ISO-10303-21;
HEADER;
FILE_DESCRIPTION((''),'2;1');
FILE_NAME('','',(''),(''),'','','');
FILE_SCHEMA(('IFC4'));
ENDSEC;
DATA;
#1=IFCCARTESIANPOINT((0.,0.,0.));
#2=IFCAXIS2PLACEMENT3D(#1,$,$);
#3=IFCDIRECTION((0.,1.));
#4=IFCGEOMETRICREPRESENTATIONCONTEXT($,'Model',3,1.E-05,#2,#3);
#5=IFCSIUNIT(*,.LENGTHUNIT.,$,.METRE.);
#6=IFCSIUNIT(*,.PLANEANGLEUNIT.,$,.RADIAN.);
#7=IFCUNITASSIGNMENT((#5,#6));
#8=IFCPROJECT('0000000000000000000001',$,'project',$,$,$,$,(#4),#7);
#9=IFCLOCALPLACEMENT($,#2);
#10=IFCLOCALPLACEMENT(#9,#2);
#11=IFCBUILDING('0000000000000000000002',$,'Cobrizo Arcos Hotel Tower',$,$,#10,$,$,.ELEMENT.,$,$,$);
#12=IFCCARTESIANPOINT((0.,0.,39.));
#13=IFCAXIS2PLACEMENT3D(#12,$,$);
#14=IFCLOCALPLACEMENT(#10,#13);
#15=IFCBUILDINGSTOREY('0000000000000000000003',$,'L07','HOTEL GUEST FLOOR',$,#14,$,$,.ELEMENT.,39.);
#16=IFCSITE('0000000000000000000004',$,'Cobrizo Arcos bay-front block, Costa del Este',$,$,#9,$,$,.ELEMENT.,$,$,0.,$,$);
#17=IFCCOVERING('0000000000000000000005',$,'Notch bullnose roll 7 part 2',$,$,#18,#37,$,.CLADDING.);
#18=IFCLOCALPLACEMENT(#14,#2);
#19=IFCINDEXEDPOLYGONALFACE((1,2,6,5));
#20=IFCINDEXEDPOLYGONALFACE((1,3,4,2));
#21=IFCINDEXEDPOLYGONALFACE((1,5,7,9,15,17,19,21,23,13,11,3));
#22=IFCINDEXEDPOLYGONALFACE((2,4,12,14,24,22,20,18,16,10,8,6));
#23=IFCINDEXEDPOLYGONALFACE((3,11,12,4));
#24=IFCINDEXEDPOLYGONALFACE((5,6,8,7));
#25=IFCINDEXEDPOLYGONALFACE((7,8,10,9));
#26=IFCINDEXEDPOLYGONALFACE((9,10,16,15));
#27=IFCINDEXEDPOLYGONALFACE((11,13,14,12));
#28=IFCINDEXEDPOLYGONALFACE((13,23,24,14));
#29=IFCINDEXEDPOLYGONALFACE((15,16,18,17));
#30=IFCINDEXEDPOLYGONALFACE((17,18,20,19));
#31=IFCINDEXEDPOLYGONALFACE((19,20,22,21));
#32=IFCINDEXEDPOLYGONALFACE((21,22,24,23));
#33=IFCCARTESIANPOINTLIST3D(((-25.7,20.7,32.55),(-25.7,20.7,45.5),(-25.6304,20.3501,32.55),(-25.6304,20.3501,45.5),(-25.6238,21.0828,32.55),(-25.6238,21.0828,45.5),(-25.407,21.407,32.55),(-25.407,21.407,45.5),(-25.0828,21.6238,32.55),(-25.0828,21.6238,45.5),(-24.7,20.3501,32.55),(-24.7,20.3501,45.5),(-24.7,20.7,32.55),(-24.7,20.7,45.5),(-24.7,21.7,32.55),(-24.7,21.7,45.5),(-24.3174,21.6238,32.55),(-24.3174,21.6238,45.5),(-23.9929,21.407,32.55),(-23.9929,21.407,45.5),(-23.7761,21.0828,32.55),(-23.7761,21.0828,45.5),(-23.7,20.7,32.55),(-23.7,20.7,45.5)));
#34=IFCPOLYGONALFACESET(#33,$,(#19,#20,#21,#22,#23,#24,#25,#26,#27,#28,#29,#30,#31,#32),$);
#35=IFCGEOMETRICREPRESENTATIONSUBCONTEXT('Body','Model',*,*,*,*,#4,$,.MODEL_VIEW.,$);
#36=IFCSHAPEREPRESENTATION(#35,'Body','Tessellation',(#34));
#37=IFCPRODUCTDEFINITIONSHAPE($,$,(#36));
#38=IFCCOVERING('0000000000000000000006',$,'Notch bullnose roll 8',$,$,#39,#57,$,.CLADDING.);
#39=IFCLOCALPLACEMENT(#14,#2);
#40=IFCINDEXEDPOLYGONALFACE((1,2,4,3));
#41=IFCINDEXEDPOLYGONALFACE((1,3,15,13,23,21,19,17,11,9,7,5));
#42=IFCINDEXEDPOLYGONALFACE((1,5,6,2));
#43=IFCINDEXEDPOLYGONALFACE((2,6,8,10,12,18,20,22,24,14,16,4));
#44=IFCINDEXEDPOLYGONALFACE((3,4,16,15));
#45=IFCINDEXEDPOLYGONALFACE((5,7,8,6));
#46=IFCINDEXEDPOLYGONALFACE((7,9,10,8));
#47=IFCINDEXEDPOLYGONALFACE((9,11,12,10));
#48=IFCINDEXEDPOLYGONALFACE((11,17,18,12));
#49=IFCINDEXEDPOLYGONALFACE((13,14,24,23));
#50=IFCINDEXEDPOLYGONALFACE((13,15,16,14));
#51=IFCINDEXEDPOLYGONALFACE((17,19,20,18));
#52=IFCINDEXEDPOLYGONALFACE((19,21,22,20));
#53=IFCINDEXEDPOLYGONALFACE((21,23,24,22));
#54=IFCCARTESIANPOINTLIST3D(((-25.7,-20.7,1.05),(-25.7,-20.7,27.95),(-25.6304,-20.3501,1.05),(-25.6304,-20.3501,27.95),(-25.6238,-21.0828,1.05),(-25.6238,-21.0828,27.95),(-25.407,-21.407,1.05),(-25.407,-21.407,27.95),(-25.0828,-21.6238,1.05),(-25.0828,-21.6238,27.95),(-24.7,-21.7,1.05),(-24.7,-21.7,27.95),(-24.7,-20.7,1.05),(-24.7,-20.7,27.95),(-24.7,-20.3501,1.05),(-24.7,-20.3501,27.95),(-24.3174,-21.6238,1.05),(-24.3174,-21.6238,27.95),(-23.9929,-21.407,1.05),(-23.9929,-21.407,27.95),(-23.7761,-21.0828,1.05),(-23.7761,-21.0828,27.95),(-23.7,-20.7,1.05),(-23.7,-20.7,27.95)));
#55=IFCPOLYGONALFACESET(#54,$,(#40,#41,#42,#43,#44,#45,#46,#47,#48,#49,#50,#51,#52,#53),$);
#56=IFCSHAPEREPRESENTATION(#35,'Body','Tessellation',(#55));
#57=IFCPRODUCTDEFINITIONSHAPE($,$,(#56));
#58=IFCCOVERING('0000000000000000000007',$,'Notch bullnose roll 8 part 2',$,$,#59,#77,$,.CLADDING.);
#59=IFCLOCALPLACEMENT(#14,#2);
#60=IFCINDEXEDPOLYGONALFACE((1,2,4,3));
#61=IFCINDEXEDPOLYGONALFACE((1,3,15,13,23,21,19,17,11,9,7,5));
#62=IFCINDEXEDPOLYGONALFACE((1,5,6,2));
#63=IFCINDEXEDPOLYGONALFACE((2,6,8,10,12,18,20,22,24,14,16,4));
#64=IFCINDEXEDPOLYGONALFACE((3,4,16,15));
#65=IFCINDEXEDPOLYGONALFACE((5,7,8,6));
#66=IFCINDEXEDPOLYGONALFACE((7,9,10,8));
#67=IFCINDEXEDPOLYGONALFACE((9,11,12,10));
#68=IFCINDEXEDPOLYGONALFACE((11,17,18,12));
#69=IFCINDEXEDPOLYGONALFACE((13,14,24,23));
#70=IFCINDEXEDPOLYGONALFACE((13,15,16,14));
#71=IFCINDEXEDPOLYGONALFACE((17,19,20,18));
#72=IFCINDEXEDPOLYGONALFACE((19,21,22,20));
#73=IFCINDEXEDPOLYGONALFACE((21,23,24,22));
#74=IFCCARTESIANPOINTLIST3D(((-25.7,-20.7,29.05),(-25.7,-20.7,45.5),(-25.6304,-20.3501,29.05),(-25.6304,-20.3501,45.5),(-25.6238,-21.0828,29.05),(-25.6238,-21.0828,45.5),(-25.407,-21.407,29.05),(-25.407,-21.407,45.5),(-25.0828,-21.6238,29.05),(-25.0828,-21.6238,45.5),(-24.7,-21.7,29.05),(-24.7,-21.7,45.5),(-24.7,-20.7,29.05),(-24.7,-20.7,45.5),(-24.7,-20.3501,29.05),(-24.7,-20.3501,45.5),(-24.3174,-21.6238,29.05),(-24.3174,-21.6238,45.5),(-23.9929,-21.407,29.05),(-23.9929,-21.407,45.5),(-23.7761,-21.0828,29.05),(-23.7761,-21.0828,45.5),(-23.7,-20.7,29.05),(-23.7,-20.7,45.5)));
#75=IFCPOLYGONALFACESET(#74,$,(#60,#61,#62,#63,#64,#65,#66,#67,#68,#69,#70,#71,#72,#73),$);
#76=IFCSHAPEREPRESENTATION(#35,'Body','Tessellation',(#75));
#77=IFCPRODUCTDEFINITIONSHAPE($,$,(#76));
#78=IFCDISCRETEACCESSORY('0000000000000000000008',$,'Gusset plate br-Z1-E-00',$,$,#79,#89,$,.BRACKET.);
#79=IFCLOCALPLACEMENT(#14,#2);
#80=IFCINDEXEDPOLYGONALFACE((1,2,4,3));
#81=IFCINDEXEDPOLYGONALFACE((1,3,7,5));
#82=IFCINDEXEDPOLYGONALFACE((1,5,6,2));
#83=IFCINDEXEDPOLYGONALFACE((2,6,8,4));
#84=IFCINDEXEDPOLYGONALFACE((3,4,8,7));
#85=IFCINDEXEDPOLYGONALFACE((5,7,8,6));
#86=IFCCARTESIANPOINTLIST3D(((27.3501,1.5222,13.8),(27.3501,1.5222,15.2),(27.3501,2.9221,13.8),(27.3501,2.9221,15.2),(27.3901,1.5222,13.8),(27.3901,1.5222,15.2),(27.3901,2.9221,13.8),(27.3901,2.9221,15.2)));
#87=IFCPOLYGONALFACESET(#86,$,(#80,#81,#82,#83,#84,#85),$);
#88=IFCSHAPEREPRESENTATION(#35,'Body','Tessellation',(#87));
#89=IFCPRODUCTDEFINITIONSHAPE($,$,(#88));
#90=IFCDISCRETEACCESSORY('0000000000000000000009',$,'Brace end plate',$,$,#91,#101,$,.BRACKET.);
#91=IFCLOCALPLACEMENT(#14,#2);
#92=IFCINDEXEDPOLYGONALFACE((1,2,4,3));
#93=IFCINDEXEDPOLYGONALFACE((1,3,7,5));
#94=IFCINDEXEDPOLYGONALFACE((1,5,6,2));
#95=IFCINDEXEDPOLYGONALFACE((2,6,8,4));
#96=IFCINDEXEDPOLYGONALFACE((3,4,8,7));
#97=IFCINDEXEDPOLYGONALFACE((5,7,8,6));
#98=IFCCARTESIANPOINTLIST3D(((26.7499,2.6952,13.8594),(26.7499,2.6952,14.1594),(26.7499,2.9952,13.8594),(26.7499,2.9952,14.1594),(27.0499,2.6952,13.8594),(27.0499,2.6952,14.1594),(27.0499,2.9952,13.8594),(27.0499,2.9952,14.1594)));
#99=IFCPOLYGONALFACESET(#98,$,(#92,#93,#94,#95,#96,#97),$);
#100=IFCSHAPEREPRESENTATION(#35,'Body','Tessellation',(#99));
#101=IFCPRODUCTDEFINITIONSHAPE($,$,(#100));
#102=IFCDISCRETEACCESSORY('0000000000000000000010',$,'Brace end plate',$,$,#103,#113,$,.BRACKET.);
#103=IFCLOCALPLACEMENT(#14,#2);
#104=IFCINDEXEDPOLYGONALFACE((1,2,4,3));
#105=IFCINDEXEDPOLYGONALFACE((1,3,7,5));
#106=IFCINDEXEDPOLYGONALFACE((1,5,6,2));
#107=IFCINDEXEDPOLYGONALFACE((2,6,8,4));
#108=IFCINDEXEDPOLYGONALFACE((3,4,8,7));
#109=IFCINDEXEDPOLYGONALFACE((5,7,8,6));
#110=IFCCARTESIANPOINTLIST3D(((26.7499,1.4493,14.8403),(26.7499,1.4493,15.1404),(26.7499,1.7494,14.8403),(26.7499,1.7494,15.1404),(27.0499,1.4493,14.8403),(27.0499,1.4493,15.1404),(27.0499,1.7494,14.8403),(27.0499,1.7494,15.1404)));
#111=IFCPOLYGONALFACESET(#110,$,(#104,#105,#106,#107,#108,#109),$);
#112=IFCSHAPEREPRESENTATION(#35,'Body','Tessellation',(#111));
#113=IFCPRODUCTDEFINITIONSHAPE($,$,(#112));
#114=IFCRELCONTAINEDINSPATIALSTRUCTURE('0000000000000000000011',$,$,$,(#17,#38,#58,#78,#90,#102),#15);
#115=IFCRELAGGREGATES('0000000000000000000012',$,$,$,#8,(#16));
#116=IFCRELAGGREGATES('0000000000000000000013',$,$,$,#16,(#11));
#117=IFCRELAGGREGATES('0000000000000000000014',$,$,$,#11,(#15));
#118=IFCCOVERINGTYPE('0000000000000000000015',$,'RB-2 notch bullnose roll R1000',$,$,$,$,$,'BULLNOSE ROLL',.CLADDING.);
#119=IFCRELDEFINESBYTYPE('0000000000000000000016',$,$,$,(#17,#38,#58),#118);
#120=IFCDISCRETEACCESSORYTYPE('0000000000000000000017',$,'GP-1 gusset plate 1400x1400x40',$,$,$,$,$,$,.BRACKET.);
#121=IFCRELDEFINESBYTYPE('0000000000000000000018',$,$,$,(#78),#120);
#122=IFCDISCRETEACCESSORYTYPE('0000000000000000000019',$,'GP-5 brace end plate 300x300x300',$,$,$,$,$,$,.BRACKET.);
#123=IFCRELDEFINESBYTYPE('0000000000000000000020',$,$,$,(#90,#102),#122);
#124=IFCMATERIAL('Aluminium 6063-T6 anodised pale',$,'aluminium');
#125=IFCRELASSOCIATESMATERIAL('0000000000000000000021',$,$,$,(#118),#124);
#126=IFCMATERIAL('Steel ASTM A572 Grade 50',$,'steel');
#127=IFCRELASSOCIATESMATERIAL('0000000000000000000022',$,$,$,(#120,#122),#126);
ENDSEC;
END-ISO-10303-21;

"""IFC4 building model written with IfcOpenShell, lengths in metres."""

from ifc_helpers import new_model, si_unit, direction, frame, origin, origin_2d, place, context, subcontext, project, spatial, polyline, rectangle, outline, extrude, material, type_object, element, save


model = new_model("IFC4")

# Units and contexts
model_context = context("Model", 3, precision=1e-05, world=origin(), true_north=direction((0.0, 1.0)))
body_context = subcontext(model_context, "Body", "Model", "MODEL_VIEW")
ifc_project = project(units=[si_unit("LENGTHUNIT", "METRE"), si_unit("PLANEANGLEUNIT", "RADIAN")], contexts=[model_context])

# Site, building, storey
site_placement = place(None, origin())
site = spatial("IfcSite", under=ifc_project, at=site_placement, Name="Cobrizo Arcos bay-front block, Costa del Este", CompositionType="ELEMENT", RefElevation=0.0)
building_placement = place(site_placement, origin())
building = spatial("IfcBuilding", under=site, at=building_placement, Name="Cobrizo Arcos Hotel Tower", CompositionType="ELEMENT")
storey_placement = place(building_placement, frame((0.0, 0.0, 39.0)))
storey = spatial("IfcBuildingStorey", under=building, at=storey_placement, Name="L07", Description="HOTEL GUEST FLOOR", CompositionType="ELEMENT", Elevation=39.0)

# Shared definitions
ifc_material_1 = material(Name="Steel ASTM A572 Grade 50", Category="steel")

# Coverings
ifc_material_2 = material(Name="Aluminium 6063-T6 anodised pale", Category="aluminium")
covering_type = type_object("IfcCoveringType", Name="RB-2 notch bullnose roll R1000", ElementType="BULLNOSE ROLL", PredefinedType="CLADDING", material=ifc_material_2)
covering_1_placement = place(storey_placement, frame((0.0, 0.0, 32.55)))
element("IfcCovering", 1, at=covering_1_placement, inside=storey, type_object=covering_type, Name="Notch bullnose roll 7 part 2", PredefinedType="CLADDING", context=body_context, shape_type="SweptSolid", body=[
    extrude(outline(polyline([(-23.9929, 21.407), (-24.3174, 21.6238), (-24.7, 21.7), (-25.0828, 21.6238), (-25.407, 21.407), (-25.6238, 21.0828), (-25.7, 20.7), (-25.6304, 20.3501), (-24.7, 20.3501), (-24.7, 20.7), (-23.7, 20.7), (-23.7761, 21.0828), (-23.9929, 21.407)])), origin(), (0.0, 0.0, 1.0), 12.95),
])
covering_2_placement = place(storey_placement, frame((0.0, 0.0, 1.05)))
element("IfcCovering", 2, at=covering_2_placement, inside=storey, type_object=covering_type, Name="Notch bullnose roll 8", PredefinedType="CLADDING", context=body_context, shape_type="SweptSolid", body=[
    extrude(outline(polyline([(-23.9929, -21.407), (-23.7761, -21.0828), (-23.7, -20.7), (-24.7, -20.7), (-24.7, -20.3501), (-25.6304, -20.3501), (-25.7, -20.7), (-25.6238, -21.0828), (-25.407, -21.407), (-25.0828, -21.6238), (-24.7, -21.7), (-24.3174, -21.6238), (-23.9929, -21.407)])), origin(), (0.0, 0.0, 1.0), 26.8999),
])
covering_3_placement = place(storey_placement, frame((0.0, 0.0, 29.05)))
element("IfcCovering", 3, at=covering_3_placement, inside=storey, type_object=covering_type, Name="Notch bullnose roll 8 part 2", PredefinedType="CLADDING", context=body_context, shape_type="SweptSolid", body=[
    extrude(outline(polyline([(-23.9929, -21.407), (-23.7761, -21.0828), (-23.7, -20.7), (-24.7, -20.7), (-24.7, -20.3501), (-25.6304, -20.3501), (-25.7, -20.7), (-25.6238, -21.0828), (-25.407, -21.407), (-25.0828, -21.6238), (-24.7, -21.7), (-24.3174, -21.6238), (-23.9929, -21.407)])), origin(), (0.0, 0.0, 1.0), 16.45),
])

# Discrete accessories
discrete_accessory_type_1 = type_object("IfcDiscreteAccessoryType", Name="GP-1 gusset plate 1400x1400x40", PredefinedType="BRACKET", material=ifc_material_1)
discrete_accessory_placement = place(storey_placement, frame((27.3701, 2.2222, 13.8), z_axis=(0.0, 0.0, 1.0), x_axis=(1.0, 0.0, 0.0)))
element("IfcDiscreteAccessory", 4, at=discrete_accessory_placement, inside=storey, type_object=discrete_accessory_type_1, Name="Gusset plate br-Z1-E-00", PredefinedType="BRACKET", context=body_context, shape_type="SweptSolid", body=[
    extrude(rectangle(XDim=0.04, YDim=1.3999, at=origin_2d()), origin(), (0.0, 0.0, 1.0), 1.3999),
])
discrete_accessory_type_2 = type_object("IfcDiscreteAccessoryType", Name="GP-5 brace end plate 300x300x300", PredefinedType="BRACKET", material=ifc_material_1)
for number, where, z_axis, x_axis, name in (
    (5, (26.8999, 2.8452, 13.8594), (0.0, 0.0, 1.0), (1.0, 0.0, 0.0), "Brace end plate"),
    (6, (26.8999, 1.5994, 14.8403), (0.0, 0.0, 1.0), (1.0, 0.0, 0.0), "Brace end plate"),
):
    element("IfcDiscreteAccessory", number, at=place(storey_placement, frame(where, z_axis=z_axis, x_axis=x_axis)), inside=storey, type_object=discrete_accessory_type_2, Name=name, PredefinedType="BRACKET", context=body_context, shape_type="SweptSolid", body=[
        extrude(rectangle(XDim=0.3, YDim=0.3, at=origin_2d()), origin(), (0.0, 0.0, 1.0), 0.3),
    ])

save(model, "model.ifc")
